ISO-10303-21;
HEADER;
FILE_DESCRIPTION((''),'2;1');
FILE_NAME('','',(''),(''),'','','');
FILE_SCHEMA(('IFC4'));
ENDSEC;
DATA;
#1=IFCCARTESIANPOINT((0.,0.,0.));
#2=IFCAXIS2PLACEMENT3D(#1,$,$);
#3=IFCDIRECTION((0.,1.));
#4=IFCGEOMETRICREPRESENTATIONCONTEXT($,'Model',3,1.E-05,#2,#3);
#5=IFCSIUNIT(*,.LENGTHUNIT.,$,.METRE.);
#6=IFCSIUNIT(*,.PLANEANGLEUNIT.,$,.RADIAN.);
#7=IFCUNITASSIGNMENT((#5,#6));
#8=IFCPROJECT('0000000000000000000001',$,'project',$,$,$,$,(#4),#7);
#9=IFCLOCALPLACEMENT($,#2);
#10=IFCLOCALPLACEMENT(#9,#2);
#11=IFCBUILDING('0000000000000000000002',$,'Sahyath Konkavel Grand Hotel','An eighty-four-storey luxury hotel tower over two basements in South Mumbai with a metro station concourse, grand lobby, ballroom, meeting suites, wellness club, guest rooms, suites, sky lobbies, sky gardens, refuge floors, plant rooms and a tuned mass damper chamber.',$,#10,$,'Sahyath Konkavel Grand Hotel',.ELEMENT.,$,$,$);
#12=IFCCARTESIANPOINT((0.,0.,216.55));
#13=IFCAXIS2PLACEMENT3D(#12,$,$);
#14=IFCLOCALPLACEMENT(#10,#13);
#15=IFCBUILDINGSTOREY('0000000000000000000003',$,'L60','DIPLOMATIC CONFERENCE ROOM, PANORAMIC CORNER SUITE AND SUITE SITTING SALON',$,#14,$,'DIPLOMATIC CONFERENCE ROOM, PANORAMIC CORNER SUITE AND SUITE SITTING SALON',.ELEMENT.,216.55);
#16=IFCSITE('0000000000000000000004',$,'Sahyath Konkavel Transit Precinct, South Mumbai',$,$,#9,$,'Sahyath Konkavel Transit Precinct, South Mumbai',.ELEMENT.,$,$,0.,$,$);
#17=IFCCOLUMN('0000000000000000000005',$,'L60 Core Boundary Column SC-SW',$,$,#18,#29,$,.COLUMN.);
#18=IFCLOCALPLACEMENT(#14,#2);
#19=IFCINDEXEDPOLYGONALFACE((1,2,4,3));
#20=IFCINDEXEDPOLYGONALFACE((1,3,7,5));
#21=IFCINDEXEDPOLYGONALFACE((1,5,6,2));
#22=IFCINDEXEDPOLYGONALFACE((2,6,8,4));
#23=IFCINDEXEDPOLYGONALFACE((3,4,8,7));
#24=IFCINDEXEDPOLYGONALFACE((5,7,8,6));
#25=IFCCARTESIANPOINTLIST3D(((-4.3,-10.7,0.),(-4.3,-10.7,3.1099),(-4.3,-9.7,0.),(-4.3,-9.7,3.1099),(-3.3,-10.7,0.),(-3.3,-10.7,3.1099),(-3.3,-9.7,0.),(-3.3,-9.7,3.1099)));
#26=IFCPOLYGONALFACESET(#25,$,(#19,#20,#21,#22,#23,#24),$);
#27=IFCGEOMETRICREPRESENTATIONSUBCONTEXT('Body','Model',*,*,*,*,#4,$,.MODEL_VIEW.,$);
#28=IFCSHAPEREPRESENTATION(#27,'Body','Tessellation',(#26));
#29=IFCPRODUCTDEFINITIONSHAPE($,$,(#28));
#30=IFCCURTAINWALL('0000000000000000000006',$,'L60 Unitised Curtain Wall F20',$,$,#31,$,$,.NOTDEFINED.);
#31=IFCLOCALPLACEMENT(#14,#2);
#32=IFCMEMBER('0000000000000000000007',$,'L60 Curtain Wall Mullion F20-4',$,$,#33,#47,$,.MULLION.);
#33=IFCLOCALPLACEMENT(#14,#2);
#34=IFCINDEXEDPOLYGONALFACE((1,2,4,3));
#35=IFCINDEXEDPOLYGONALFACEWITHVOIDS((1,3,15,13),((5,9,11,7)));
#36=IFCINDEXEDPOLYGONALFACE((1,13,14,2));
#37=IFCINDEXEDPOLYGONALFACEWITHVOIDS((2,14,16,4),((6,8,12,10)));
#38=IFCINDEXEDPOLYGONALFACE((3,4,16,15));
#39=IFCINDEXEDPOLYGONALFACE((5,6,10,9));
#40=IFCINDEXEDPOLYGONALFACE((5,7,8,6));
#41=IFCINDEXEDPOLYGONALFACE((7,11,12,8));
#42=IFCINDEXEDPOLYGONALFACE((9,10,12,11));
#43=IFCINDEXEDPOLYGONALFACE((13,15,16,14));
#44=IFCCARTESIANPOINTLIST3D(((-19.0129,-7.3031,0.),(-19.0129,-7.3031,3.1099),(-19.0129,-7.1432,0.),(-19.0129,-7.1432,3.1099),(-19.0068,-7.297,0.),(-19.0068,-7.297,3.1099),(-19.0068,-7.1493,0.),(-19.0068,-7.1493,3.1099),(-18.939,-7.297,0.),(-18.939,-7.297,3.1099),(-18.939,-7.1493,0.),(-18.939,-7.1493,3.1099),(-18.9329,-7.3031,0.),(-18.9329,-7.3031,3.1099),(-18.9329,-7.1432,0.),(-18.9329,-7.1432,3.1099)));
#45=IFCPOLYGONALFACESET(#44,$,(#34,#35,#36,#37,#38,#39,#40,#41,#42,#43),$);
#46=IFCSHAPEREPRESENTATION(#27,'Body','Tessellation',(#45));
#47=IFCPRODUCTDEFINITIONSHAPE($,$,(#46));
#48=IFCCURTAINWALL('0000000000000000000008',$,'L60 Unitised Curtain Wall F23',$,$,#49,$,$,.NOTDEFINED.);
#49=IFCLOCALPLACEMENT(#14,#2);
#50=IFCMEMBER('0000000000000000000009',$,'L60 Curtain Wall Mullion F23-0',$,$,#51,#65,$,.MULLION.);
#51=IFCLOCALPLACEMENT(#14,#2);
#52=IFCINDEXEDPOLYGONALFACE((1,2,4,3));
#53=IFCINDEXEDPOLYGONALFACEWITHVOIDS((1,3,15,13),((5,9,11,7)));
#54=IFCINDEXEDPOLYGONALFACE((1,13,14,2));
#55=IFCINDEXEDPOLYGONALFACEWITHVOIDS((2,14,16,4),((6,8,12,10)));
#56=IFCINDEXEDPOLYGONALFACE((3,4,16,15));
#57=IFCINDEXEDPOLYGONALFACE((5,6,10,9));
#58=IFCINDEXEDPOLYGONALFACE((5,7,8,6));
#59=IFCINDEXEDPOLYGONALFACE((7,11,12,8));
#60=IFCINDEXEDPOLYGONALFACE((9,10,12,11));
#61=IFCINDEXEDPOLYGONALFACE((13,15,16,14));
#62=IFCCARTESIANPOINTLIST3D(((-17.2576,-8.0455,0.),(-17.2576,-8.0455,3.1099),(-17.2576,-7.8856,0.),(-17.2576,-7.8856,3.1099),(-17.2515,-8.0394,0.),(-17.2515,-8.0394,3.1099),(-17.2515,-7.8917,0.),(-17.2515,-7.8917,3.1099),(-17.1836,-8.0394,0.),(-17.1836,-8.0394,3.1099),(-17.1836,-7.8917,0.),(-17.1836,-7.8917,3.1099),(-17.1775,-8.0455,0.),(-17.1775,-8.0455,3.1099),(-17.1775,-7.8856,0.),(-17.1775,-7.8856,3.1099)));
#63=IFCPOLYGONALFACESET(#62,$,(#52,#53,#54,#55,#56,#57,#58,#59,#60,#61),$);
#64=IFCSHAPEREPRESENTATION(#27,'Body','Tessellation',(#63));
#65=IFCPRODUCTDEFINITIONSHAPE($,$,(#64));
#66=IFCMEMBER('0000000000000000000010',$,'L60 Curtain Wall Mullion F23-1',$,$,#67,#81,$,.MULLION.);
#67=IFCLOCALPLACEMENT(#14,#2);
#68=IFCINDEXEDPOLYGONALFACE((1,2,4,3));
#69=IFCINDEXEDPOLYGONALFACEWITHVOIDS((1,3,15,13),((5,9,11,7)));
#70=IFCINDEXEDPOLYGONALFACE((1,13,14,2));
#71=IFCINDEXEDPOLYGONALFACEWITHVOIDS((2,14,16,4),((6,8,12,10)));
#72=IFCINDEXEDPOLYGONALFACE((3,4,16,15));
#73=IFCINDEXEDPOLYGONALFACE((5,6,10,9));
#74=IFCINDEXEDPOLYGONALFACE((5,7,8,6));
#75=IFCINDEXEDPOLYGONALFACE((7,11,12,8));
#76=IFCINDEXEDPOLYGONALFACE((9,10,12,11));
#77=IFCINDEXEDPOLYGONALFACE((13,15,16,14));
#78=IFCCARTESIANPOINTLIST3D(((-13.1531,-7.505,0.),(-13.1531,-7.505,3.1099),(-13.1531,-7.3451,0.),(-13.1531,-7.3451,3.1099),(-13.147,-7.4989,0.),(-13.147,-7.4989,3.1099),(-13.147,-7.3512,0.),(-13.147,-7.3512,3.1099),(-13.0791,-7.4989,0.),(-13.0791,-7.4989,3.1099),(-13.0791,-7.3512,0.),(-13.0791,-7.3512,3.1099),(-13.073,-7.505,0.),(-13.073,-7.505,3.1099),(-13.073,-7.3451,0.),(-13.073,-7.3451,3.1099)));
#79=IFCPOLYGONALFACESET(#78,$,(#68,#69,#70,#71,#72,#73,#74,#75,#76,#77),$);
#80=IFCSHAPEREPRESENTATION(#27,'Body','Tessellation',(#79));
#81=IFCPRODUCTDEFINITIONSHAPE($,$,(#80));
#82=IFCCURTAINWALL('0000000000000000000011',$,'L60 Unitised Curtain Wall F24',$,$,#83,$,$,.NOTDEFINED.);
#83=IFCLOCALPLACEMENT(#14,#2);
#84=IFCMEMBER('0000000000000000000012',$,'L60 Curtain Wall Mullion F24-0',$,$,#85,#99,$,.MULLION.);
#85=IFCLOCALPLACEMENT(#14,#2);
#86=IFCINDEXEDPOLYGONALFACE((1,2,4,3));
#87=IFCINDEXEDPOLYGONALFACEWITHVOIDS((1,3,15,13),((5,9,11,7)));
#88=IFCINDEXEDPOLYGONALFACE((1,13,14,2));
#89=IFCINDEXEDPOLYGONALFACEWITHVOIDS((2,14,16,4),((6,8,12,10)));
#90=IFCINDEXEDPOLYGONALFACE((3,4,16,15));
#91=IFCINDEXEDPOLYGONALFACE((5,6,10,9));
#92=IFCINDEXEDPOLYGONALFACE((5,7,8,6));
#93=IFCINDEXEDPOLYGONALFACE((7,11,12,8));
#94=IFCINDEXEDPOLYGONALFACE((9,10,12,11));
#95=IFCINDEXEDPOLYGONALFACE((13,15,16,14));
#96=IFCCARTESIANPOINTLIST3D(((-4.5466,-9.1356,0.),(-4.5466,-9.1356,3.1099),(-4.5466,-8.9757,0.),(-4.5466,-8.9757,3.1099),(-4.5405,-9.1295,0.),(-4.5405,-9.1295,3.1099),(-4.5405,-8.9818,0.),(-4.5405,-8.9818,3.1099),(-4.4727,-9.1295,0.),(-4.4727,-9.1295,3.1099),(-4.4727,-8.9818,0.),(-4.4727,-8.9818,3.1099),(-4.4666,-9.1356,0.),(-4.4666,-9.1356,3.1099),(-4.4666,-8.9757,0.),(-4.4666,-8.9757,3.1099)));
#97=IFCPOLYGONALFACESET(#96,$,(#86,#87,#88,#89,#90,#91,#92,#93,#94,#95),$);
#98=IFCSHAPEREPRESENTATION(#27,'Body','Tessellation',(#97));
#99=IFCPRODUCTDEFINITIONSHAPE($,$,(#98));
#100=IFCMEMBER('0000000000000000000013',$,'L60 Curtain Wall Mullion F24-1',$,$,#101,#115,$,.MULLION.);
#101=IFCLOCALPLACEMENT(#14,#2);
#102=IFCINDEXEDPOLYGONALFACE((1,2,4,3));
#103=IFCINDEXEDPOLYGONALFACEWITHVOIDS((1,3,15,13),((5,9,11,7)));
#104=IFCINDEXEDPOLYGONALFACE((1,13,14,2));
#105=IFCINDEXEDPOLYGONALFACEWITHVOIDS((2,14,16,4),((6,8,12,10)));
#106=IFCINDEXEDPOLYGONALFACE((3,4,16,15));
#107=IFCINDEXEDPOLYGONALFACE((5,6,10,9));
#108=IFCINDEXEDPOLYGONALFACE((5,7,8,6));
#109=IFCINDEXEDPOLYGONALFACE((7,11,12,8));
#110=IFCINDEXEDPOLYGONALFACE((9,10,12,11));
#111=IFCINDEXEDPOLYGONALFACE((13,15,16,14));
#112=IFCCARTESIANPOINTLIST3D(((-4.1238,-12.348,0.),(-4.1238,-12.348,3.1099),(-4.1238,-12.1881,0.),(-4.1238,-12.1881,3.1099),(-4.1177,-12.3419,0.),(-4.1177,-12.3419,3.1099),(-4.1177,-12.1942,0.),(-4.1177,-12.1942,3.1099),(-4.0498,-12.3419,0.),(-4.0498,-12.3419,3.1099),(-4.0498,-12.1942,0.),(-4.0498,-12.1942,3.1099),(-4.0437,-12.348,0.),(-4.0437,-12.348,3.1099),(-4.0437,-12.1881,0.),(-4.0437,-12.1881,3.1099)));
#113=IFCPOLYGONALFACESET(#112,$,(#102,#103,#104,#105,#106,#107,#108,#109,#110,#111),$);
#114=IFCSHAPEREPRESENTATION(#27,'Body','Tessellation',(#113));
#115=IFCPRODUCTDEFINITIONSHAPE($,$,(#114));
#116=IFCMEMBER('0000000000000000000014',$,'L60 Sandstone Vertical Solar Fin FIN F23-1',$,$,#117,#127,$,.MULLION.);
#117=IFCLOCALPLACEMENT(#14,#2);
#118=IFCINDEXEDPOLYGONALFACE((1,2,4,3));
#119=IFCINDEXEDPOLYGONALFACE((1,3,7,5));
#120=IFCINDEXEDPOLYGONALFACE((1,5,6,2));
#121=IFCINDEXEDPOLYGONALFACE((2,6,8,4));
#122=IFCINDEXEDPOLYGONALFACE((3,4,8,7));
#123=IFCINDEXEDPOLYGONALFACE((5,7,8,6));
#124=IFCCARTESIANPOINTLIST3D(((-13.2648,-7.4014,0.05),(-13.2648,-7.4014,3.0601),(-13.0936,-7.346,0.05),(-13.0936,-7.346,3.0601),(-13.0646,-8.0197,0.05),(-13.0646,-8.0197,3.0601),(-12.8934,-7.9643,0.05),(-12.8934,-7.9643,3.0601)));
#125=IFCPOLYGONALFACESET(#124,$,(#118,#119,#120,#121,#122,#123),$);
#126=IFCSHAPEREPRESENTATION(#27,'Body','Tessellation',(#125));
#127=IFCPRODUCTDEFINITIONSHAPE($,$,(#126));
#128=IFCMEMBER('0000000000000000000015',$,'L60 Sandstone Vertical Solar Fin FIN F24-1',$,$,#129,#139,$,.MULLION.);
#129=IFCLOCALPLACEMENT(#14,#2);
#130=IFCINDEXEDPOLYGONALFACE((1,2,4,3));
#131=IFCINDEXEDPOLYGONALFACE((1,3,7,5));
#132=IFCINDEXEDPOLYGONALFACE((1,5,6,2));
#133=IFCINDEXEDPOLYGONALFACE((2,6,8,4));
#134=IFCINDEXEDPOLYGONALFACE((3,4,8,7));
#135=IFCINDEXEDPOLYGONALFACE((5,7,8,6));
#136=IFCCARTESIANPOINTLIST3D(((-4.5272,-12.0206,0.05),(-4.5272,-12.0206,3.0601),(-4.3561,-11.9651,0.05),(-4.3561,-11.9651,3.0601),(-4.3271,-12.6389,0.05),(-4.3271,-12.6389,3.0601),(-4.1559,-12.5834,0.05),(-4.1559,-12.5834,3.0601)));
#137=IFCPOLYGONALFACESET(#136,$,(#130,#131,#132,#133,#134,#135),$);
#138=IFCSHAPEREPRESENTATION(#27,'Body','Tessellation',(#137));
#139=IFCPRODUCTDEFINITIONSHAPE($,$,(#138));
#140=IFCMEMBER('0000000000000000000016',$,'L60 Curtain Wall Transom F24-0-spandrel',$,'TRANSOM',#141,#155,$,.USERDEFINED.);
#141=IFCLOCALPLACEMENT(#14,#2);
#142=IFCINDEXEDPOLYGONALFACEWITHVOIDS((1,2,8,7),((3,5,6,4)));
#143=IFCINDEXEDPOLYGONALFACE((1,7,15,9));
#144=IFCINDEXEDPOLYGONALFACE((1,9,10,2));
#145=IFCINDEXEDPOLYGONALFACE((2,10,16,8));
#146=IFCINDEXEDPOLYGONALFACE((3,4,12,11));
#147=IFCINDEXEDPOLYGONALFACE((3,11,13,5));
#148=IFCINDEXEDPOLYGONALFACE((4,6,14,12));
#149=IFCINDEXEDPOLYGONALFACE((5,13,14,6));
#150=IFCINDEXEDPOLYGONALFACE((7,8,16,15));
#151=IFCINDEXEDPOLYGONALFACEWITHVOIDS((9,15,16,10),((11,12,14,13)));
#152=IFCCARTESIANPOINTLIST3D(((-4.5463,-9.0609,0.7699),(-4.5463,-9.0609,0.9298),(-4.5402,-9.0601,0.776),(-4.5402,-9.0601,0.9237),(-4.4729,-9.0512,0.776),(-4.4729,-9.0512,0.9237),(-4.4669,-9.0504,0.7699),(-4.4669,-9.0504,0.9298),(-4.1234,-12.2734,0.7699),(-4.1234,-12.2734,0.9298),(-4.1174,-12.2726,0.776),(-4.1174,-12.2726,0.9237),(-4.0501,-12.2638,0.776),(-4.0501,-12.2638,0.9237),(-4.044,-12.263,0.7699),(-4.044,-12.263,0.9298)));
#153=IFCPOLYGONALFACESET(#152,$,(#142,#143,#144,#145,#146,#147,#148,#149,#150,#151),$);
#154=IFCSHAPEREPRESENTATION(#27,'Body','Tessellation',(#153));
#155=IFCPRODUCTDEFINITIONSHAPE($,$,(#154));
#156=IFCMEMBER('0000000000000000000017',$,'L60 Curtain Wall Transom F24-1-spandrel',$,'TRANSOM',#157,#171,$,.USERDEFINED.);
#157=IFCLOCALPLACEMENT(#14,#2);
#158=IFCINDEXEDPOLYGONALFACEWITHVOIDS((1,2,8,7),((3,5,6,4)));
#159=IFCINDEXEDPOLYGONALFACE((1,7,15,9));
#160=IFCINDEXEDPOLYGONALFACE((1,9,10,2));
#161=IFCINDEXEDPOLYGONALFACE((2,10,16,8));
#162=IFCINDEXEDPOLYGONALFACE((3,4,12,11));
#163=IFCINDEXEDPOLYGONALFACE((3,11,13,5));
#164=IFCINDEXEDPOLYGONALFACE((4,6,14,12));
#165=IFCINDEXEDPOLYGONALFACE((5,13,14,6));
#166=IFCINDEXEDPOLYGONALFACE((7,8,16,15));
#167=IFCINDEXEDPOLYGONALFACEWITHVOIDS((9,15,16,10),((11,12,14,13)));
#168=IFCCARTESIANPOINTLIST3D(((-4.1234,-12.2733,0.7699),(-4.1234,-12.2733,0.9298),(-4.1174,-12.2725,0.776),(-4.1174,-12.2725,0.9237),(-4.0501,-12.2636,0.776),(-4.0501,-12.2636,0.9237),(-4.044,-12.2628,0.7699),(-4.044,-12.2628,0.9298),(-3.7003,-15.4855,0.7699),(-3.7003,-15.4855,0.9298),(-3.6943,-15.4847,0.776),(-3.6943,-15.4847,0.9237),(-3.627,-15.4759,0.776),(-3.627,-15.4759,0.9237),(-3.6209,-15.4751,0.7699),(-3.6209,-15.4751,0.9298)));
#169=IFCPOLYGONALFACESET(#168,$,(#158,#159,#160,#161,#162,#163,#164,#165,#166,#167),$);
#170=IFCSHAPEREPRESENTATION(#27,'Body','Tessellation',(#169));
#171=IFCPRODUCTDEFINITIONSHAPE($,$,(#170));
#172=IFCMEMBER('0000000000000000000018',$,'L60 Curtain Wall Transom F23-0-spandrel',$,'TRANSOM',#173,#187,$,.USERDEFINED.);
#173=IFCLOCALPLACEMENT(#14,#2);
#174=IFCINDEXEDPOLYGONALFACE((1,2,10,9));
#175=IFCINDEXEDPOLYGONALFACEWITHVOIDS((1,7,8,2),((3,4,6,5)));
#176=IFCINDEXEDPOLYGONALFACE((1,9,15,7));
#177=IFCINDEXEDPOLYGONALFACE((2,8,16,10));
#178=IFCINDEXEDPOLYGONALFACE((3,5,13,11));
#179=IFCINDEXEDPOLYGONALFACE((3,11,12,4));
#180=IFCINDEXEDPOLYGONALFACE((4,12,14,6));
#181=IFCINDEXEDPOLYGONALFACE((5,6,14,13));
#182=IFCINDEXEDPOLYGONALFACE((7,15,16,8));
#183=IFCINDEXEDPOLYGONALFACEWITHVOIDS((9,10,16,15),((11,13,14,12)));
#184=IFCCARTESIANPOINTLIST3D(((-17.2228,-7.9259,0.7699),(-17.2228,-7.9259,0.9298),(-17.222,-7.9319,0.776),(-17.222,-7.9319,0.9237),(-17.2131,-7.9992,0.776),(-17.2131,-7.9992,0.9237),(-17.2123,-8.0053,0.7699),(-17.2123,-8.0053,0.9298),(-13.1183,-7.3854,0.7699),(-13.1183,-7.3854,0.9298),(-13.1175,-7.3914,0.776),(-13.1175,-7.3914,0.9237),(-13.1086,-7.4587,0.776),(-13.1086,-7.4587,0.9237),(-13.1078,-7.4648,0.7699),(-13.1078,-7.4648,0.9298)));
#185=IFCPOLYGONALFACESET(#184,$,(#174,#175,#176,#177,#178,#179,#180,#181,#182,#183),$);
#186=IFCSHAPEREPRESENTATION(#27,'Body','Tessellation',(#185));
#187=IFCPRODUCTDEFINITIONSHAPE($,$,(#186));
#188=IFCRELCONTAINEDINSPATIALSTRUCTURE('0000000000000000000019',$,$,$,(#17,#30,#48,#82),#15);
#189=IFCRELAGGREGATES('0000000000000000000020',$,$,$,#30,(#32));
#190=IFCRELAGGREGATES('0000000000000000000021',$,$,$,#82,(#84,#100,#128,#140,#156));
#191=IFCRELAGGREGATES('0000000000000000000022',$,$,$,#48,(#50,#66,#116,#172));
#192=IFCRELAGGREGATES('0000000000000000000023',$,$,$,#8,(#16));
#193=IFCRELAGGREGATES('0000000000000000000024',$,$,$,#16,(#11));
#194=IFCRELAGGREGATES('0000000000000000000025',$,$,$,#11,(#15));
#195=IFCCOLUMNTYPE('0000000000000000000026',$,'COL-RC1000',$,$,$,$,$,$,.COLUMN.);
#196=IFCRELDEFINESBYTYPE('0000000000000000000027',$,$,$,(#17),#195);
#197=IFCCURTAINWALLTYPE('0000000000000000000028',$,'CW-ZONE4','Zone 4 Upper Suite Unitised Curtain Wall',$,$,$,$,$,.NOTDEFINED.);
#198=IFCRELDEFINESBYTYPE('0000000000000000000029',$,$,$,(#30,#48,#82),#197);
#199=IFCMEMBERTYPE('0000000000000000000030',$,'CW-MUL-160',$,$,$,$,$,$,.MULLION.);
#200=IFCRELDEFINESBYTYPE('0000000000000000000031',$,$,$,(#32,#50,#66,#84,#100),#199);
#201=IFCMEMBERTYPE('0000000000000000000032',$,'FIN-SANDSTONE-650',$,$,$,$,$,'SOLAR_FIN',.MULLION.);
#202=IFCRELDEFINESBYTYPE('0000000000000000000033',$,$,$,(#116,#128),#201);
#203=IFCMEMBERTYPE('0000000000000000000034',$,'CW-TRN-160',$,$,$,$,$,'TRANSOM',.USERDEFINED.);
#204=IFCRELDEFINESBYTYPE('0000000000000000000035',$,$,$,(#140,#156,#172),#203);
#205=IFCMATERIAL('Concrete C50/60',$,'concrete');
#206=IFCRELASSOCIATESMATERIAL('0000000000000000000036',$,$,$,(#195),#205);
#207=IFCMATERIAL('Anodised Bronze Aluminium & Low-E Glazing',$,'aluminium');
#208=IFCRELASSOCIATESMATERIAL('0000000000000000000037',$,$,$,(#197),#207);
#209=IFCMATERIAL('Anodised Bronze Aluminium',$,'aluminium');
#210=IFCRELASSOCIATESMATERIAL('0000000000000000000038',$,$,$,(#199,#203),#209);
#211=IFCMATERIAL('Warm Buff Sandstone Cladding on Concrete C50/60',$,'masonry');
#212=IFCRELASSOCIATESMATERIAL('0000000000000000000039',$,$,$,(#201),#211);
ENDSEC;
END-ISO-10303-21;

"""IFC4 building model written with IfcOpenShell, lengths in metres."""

from ifc_helpers import new_model, si_unit, direction, frame, origin, origin_2d, place, context, subcontext, project, spatial, rectangle, hollow_rectangle, extrude, source, transform, mapped, material, material_profile, profile_set, type_object, element, aggregate, save


model = new_model("IFC4")

# Units and contexts
model_context = context("Model", 3, precision=1e-05, world=origin(), true_north=direction((0.0, 1.0)))
body_context = subcontext(model_context, "Body", "Model", "MODEL_VIEW")
ifc_project = project(units=[si_unit("LENGTHUNIT", "METRE"), si_unit("PLANEANGLEUNIT", "RADIAN")], contexts=[model_context])

# Site, building, storey
site_placement = place(None, origin())
site = spatial("IfcSite", under=ifc_project, at=site_placement, Name="Sahyath Konkavel Transit Precinct, South Mumbai", LongName="Sahyath Konkavel Transit Precinct, South Mumbai", CompositionType="ELEMENT", RefElevation=0.0)
building_placement = place(site_placement, origin())
building = spatial("IfcBuilding", under=site, at=building_placement, Name="Sahyath Konkavel Grand Hotel", Description="An eighty-four-storey luxury hotel tower over two basements in South Mumbai with a metro station concourse, grand lobby, ballroom, meeting suites, wellness club, guest rooms, suites, sky lobbies, sky gardens, refuge floors, plant rooms and a tuned mass damper chamber.", LongName="Sahyath Konkavel Grand Hotel", CompositionType="ELEMENT")
storey_placement = place(building_placement, frame((0.0, 0.0, 216.55)))
storey = spatial("IfcBuildingStorey", under=building, at=storey_placement, Name="L60", Description="DIPLOMATIC CONFERENCE ROOM, PANORAMIC CORNER SUITE AND SUITE SITTING SALON", LongName="DIPLOMATIC CONFERENCE ROOM, PANORAMIC CORNER SUITE AND SUITE SITTING SALON", CompositionType="ELEMENT", Elevation=216.55)

# Column
ifc_material_1 = material(Name="Concrete C50/60", Category="concrete")
ifc_material_profile_1 = material_profile(ifc_material_1, rectangle(XDim=1.0, YDim=1.0, at=origin_2d()), Name="RC 1000x1000")
ifc_profile_set_1 = profile_set([ifc_material_profile_1], Name="Concrete C50/60")
column_type = type_object("IfcColumnType", Name="COL-RC1000", PredefinedType="COLUMN", material=ifc_profile_set_1)
shared_shape_1 = source(origin(), body_context, "Body", "SweptSolid", [
    extrude(rectangle(XDim=1.0, YDim=1.0, at=origin_2d()), origin(), (0.0, 0.0, 1.0), 3.1099),
])
column_placement = place(storey_placement, frame((-3.8, -10.2, 0.0), z_axis=(0.0, 0.0, 1.0), x_axis=(1.0, 0.0, 0.0)))
element("IfcColumn", 1, at=column_placement, inside=storey, type_object=column_type, Name="L60 Core Boundary Column SC-SW", PredefinedType="COLUMN", context=body_context, shape_type="MappedRepresentation", body=[
    mapped(shared_shape_1, transform((0.0, 0.0, 0.0), scale=1.0)),
])

# Curtain wall, member
ifc_material_2 = material(Name="Anodised Bronze Aluminium & Low-E Glazing", Category="aluminium")
curtain_wall_type = type_object("IfcCurtainWallType", Name="CW-ZONE4", Description="Zone 4 Upper Suite Unitised Curtain Wall", PredefinedType="NOTDEFINED", material=ifc_material_2)
curtain_wall_1_placement = place(storey_placement, origin())
curtain_wall_1 = element("IfcCurtainWall", 2, at=curtain_wall_1_placement, inside=storey, type_object=curtain_wall_type, Name="L60 Unitised Curtain Wall F20", PredefinedType="NOTDEFINED")
ifc_material_3 = material(Name="Anodised Bronze Aluminium", Category="aluminium")
ifc_material_profile_2 = material_profile(ifc_material_3, hollow_rectangle(XDim=0.0801, YDim=0.1599, WallThickness=0.0061, at=origin_2d()), Name="RHS 160x80x6")
ifc_profile_set_2 = profile_set([ifc_material_profile_2], Name="Anodised Bronze Aluminium")
member_type_1 = type_object("IfcMemberType", Name="CW-MUL-160", PredefinedType="MULLION", material=ifc_profile_set_2)
shared_shape_2 = source(origin(), body_context, "Body", "SweptSolid", [
    extrude(hollow_rectangle(XDim=0.0801, YDim=0.1599, WallThickness=0.0061, at=origin_2d()), origin(), (0.0, 0.0, 1.0), 3.1099),
])
member_1_placement = place(storey_placement, frame((-18.9729, -7.2231, 0.0), z_axis=(0.0, 0.0, 1.0), x_axis=(1.0, 0.0, 0.0)))
member_1 = element("IfcMember", 3, at=member_1_placement, type_object=member_type_1, Name="L60 Curtain Wall Mullion F20-4", PredefinedType="MULLION", context=body_context, shape_type="MappedRepresentation", body=[
    mapped(shared_shape_2, transform((0.0, 0.0, 0.0), scale=1.0)),
])
aggregate(curtain_wall_1, [member_1])

# Curtain walls, members
curtain_wall_2_placement = place(storey_placement, origin())
curtain_wall_2 = element("IfcCurtainWall", 4, at=curtain_wall_2_placement, inside=storey, type_object=curtain_wall_type, Name="L60 Unitised Curtain Wall F23", PredefinedType="NOTDEFINED")
member_2_placement = place(storey_placement, frame((-17.2175, -7.9656, 0.0), z_axis=(0.0, 0.0, 1.0), x_axis=(1.0, 0.0, 0.0)))
member_2 = element("IfcMember", 5, at=member_2_placement, type_object=member_type_1, Name="L60 Curtain Wall Mullion F23-0", PredefinedType="MULLION", context=body_context, shape_type="MappedRepresentation", body=[
    mapped(shared_shape_2, transform((0.0, 0.0, 0.0), scale=1.0)),
])
member_3_placement = place(storey_placement, frame((-13.113, -7.425, 0.0), z_axis=(0.0, 0.0, 1.0), x_axis=(1.0, 0.0, 0.0)))
member_3 = element("IfcMember", 6, at=member_3_placement, type_object=member_type_1, Name="L60 Curtain Wall Mullion F23-1", PredefinedType="MULLION", context=body_context, shape_type="MappedRepresentation", body=[
    mapped(shared_shape_2, transform((0.0, 0.0, 0.0), scale=1.0)),
])
curtain_wall_3_placement = place(storey_placement, origin())
curtain_wall_3 = element("IfcCurtainWall", 7, at=curtain_wall_3_placement, inside=storey, type_object=curtain_wall_type, Name="L60 Unitised Curtain Wall F24", PredefinedType="NOTDEFINED")
member_4_placement = place(storey_placement, frame((-4.5066, -9.0557, 0.0), z_axis=(0.0, 0.0, 1.0), x_axis=(1.0, 0.0, 0.0)))
member_4 = element("IfcMember", 8, at=member_4_placement, type_object=member_type_1, Name="L60 Curtain Wall Mullion F24-0", PredefinedType="MULLION", context=body_context, shape_type="MappedRepresentation", body=[
    mapped(shared_shape_2, transform((0.0, 0.0, 0.0), scale=1.0)),
])
member_5_placement = place(storey_placement, frame((-4.0837, -12.2681, 0.0), z_axis=(0.0, 0.0, 1.0), x_axis=(1.0, 0.0, 0.0)))
member_5 = element("IfcMember", 9, at=member_5_placement, type_object=member_type_1, Name="L60 Curtain Wall Mullion F24-1", PredefinedType="MULLION", context=body_context, shape_type="MappedRepresentation", body=[
    mapped(shared_shape_2, transform((0.0, 0.0, 0.0), scale=1.0)),
])

# Members
ifc_material_4 = material(Name="Warm Buff Sandstone Cladding on Concrete C50/60", Category="masonry")
ifc_material_profile_3 = material_profile(ifc_material_4, rectangle(XDim=0.1799, YDim=0.6499, at=origin_2d()), Name="FIN 180x650")
ifc_profile_set_3 = profile_set([ifc_material_profile_3], Name="Warm Buff Sandstone Cladding on Concrete C50/60")
member_type_2 = type_object("IfcMemberType", Name="FIN-SANDSTONE-650", ElementType="SOLAR_FIN", PredefinedType="MULLION", material=ifc_profile_set_3)
shared_shape_3 = source(origin(), body_context, "Body", "SweptSolid", [
    extrude(rectangle(XDim=0.1799, YDim=0.6499, at=origin_2d()), origin(), (0.0, 0.0, 1.0), 3.01),
])
member_6_placement = place(storey_placement, frame((-13.0791, -7.6829, 0.05), z_axis=(0.0, 0.0, 1.0), x_axis=(0.95138, 0.308021, 0.0)))
member_6 = element("IfcMember", 10, at=member_6_placement, type_object=member_type_2, Name="L60 Sandstone Vertical Solar Fin FIN F23-1", PredefinedType="MULLION", context=body_context, shape_type="MappedRepresentation", body=[
    mapped(shared_shape_3, transform((0.0, 0.0, 0.0), scale=1.0)),
])
member_7_placement = place(storey_placement, frame((-4.3416, -12.302, 0.05), z_axis=(0.0, 0.0, 1.0), x_axis=(0.95138, 0.308021, 0.0)))
member_7 = element("IfcMember", 11, at=member_7_placement, type_object=member_type_2, Name="L60 Sandstone Vertical Solar Fin FIN F24-1", PredefinedType="MULLION", context=body_context, shape_type="MappedRepresentation", body=[
    mapped(shared_shape_3, transform((0.0, 0.0, 0.0), scale=1.0)),
])
ifc_material_profile_4 = material_profile(ifc_material_3, hollow_rectangle(XDim=0.0801, YDim=0.1599, WallThickness=0.0061, at=origin_2d()), Name="RHS 160x80x6")
ifc_profile_set_4 = profile_set([ifc_material_profile_4], Name="Anodised Bronze Aluminium")
member_type_3 = type_object("IfcMemberType", Name="CW-TRN-160", ElementType="TRANSOM", PredefinedType="USERDEFINED", material=ifc_profile_set_4)
shared_shape_4 = source(origin(), body_context, "Body", "SweptSolid", [
    extrude(hollow_rectangle(XDim=0.0801, YDim=0.1599, WallThickness=0.0061, at=origin_2d()), origin(), (0.0, 0.0, 1.0), 3.2402),
])
member_8_placement = place(storey_placement, frame((-4.5066, -9.0557, 0.8499), z_axis=(0.130505, -0.991448, 0.0), x_axis=(0.991448, 0.130505, 0.0)))
member_8 = element("IfcMember", 12, at=member_8_placement, type_object=member_type_3, Name="L60 Curtain Wall Transom F24-0-spandrel", ObjectType="TRANSOM", PredefinedType="USERDEFINED", context=body_context, shape_type="MappedRepresentation", body=[
    mapped(shared_shape_4, transform((0.0, 0.0, 0.0), scale=1.0)),
])
shared_shape_5 = source(origin(), body_context, "Body", "SweptSolid", [
    extrude(hollow_rectangle(XDim=0.0801, YDim=0.1599, WallThickness=0.0061, at=origin_2d()), origin(), (0.0, 0.0, 1.0), 3.24),
])
member_9_placement = place(storey_placement, frame((-4.0837, -12.2681, 0.8499), z_axis=(0.130589, -0.991437, 0.0), x_axis=(0.991437, 0.130589, 0.0)))
member_9 = element("IfcMember", 13, at=member_9_placement, type_object=member_type_3, Name="L60 Curtain Wall Transom F24-1-spandrel", ObjectType="TRANSOM", PredefinedType="USERDEFINED", context=body_context, shape_type="MappedRepresentation", body=[
    mapped(shared_shape_5, transform((0.0, 0.0, 0.0), scale=1.0)),
])
shared_shape_6 = source(origin(), body_context, "Body", "SweptSolid", [
    extrude(hollow_rectangle(XDim=0.0801, YDim=0.1599, WallThickness=0.0061, at=origin_2d()), origin(), (0.0, 0.0, 1.0), 4.1399),
])
member_10_placement = place(storey_placement, frame((-17.2175, -7.9656, 0.8499), z_axis=(0.99144, 0.130564, 0.0), x_axis=(-0.130564, 0.99144, 0.0)))
member_10 = element("IfcMember", 14, at=member_10_placement, type_object=member_type_3, Name="L60 Curtain Wall Transom F23-0-spandrel", ObjectType="TRANSOM", PredefinedType="USERDEFINED", context=body_context, shape_type="MappedRepresentation", body=[
    mapped(shared_shape_6, transform((0.0, 0.0, 0.0), scale=1.0)),
])

aggregate(curtain_wall_3, [member_4, member_5, member_7, member_8, member_9])
aggregate(curtain_wall_2, [member_2, member_3, member_6, member_10])

save(model, "model.ifc")
